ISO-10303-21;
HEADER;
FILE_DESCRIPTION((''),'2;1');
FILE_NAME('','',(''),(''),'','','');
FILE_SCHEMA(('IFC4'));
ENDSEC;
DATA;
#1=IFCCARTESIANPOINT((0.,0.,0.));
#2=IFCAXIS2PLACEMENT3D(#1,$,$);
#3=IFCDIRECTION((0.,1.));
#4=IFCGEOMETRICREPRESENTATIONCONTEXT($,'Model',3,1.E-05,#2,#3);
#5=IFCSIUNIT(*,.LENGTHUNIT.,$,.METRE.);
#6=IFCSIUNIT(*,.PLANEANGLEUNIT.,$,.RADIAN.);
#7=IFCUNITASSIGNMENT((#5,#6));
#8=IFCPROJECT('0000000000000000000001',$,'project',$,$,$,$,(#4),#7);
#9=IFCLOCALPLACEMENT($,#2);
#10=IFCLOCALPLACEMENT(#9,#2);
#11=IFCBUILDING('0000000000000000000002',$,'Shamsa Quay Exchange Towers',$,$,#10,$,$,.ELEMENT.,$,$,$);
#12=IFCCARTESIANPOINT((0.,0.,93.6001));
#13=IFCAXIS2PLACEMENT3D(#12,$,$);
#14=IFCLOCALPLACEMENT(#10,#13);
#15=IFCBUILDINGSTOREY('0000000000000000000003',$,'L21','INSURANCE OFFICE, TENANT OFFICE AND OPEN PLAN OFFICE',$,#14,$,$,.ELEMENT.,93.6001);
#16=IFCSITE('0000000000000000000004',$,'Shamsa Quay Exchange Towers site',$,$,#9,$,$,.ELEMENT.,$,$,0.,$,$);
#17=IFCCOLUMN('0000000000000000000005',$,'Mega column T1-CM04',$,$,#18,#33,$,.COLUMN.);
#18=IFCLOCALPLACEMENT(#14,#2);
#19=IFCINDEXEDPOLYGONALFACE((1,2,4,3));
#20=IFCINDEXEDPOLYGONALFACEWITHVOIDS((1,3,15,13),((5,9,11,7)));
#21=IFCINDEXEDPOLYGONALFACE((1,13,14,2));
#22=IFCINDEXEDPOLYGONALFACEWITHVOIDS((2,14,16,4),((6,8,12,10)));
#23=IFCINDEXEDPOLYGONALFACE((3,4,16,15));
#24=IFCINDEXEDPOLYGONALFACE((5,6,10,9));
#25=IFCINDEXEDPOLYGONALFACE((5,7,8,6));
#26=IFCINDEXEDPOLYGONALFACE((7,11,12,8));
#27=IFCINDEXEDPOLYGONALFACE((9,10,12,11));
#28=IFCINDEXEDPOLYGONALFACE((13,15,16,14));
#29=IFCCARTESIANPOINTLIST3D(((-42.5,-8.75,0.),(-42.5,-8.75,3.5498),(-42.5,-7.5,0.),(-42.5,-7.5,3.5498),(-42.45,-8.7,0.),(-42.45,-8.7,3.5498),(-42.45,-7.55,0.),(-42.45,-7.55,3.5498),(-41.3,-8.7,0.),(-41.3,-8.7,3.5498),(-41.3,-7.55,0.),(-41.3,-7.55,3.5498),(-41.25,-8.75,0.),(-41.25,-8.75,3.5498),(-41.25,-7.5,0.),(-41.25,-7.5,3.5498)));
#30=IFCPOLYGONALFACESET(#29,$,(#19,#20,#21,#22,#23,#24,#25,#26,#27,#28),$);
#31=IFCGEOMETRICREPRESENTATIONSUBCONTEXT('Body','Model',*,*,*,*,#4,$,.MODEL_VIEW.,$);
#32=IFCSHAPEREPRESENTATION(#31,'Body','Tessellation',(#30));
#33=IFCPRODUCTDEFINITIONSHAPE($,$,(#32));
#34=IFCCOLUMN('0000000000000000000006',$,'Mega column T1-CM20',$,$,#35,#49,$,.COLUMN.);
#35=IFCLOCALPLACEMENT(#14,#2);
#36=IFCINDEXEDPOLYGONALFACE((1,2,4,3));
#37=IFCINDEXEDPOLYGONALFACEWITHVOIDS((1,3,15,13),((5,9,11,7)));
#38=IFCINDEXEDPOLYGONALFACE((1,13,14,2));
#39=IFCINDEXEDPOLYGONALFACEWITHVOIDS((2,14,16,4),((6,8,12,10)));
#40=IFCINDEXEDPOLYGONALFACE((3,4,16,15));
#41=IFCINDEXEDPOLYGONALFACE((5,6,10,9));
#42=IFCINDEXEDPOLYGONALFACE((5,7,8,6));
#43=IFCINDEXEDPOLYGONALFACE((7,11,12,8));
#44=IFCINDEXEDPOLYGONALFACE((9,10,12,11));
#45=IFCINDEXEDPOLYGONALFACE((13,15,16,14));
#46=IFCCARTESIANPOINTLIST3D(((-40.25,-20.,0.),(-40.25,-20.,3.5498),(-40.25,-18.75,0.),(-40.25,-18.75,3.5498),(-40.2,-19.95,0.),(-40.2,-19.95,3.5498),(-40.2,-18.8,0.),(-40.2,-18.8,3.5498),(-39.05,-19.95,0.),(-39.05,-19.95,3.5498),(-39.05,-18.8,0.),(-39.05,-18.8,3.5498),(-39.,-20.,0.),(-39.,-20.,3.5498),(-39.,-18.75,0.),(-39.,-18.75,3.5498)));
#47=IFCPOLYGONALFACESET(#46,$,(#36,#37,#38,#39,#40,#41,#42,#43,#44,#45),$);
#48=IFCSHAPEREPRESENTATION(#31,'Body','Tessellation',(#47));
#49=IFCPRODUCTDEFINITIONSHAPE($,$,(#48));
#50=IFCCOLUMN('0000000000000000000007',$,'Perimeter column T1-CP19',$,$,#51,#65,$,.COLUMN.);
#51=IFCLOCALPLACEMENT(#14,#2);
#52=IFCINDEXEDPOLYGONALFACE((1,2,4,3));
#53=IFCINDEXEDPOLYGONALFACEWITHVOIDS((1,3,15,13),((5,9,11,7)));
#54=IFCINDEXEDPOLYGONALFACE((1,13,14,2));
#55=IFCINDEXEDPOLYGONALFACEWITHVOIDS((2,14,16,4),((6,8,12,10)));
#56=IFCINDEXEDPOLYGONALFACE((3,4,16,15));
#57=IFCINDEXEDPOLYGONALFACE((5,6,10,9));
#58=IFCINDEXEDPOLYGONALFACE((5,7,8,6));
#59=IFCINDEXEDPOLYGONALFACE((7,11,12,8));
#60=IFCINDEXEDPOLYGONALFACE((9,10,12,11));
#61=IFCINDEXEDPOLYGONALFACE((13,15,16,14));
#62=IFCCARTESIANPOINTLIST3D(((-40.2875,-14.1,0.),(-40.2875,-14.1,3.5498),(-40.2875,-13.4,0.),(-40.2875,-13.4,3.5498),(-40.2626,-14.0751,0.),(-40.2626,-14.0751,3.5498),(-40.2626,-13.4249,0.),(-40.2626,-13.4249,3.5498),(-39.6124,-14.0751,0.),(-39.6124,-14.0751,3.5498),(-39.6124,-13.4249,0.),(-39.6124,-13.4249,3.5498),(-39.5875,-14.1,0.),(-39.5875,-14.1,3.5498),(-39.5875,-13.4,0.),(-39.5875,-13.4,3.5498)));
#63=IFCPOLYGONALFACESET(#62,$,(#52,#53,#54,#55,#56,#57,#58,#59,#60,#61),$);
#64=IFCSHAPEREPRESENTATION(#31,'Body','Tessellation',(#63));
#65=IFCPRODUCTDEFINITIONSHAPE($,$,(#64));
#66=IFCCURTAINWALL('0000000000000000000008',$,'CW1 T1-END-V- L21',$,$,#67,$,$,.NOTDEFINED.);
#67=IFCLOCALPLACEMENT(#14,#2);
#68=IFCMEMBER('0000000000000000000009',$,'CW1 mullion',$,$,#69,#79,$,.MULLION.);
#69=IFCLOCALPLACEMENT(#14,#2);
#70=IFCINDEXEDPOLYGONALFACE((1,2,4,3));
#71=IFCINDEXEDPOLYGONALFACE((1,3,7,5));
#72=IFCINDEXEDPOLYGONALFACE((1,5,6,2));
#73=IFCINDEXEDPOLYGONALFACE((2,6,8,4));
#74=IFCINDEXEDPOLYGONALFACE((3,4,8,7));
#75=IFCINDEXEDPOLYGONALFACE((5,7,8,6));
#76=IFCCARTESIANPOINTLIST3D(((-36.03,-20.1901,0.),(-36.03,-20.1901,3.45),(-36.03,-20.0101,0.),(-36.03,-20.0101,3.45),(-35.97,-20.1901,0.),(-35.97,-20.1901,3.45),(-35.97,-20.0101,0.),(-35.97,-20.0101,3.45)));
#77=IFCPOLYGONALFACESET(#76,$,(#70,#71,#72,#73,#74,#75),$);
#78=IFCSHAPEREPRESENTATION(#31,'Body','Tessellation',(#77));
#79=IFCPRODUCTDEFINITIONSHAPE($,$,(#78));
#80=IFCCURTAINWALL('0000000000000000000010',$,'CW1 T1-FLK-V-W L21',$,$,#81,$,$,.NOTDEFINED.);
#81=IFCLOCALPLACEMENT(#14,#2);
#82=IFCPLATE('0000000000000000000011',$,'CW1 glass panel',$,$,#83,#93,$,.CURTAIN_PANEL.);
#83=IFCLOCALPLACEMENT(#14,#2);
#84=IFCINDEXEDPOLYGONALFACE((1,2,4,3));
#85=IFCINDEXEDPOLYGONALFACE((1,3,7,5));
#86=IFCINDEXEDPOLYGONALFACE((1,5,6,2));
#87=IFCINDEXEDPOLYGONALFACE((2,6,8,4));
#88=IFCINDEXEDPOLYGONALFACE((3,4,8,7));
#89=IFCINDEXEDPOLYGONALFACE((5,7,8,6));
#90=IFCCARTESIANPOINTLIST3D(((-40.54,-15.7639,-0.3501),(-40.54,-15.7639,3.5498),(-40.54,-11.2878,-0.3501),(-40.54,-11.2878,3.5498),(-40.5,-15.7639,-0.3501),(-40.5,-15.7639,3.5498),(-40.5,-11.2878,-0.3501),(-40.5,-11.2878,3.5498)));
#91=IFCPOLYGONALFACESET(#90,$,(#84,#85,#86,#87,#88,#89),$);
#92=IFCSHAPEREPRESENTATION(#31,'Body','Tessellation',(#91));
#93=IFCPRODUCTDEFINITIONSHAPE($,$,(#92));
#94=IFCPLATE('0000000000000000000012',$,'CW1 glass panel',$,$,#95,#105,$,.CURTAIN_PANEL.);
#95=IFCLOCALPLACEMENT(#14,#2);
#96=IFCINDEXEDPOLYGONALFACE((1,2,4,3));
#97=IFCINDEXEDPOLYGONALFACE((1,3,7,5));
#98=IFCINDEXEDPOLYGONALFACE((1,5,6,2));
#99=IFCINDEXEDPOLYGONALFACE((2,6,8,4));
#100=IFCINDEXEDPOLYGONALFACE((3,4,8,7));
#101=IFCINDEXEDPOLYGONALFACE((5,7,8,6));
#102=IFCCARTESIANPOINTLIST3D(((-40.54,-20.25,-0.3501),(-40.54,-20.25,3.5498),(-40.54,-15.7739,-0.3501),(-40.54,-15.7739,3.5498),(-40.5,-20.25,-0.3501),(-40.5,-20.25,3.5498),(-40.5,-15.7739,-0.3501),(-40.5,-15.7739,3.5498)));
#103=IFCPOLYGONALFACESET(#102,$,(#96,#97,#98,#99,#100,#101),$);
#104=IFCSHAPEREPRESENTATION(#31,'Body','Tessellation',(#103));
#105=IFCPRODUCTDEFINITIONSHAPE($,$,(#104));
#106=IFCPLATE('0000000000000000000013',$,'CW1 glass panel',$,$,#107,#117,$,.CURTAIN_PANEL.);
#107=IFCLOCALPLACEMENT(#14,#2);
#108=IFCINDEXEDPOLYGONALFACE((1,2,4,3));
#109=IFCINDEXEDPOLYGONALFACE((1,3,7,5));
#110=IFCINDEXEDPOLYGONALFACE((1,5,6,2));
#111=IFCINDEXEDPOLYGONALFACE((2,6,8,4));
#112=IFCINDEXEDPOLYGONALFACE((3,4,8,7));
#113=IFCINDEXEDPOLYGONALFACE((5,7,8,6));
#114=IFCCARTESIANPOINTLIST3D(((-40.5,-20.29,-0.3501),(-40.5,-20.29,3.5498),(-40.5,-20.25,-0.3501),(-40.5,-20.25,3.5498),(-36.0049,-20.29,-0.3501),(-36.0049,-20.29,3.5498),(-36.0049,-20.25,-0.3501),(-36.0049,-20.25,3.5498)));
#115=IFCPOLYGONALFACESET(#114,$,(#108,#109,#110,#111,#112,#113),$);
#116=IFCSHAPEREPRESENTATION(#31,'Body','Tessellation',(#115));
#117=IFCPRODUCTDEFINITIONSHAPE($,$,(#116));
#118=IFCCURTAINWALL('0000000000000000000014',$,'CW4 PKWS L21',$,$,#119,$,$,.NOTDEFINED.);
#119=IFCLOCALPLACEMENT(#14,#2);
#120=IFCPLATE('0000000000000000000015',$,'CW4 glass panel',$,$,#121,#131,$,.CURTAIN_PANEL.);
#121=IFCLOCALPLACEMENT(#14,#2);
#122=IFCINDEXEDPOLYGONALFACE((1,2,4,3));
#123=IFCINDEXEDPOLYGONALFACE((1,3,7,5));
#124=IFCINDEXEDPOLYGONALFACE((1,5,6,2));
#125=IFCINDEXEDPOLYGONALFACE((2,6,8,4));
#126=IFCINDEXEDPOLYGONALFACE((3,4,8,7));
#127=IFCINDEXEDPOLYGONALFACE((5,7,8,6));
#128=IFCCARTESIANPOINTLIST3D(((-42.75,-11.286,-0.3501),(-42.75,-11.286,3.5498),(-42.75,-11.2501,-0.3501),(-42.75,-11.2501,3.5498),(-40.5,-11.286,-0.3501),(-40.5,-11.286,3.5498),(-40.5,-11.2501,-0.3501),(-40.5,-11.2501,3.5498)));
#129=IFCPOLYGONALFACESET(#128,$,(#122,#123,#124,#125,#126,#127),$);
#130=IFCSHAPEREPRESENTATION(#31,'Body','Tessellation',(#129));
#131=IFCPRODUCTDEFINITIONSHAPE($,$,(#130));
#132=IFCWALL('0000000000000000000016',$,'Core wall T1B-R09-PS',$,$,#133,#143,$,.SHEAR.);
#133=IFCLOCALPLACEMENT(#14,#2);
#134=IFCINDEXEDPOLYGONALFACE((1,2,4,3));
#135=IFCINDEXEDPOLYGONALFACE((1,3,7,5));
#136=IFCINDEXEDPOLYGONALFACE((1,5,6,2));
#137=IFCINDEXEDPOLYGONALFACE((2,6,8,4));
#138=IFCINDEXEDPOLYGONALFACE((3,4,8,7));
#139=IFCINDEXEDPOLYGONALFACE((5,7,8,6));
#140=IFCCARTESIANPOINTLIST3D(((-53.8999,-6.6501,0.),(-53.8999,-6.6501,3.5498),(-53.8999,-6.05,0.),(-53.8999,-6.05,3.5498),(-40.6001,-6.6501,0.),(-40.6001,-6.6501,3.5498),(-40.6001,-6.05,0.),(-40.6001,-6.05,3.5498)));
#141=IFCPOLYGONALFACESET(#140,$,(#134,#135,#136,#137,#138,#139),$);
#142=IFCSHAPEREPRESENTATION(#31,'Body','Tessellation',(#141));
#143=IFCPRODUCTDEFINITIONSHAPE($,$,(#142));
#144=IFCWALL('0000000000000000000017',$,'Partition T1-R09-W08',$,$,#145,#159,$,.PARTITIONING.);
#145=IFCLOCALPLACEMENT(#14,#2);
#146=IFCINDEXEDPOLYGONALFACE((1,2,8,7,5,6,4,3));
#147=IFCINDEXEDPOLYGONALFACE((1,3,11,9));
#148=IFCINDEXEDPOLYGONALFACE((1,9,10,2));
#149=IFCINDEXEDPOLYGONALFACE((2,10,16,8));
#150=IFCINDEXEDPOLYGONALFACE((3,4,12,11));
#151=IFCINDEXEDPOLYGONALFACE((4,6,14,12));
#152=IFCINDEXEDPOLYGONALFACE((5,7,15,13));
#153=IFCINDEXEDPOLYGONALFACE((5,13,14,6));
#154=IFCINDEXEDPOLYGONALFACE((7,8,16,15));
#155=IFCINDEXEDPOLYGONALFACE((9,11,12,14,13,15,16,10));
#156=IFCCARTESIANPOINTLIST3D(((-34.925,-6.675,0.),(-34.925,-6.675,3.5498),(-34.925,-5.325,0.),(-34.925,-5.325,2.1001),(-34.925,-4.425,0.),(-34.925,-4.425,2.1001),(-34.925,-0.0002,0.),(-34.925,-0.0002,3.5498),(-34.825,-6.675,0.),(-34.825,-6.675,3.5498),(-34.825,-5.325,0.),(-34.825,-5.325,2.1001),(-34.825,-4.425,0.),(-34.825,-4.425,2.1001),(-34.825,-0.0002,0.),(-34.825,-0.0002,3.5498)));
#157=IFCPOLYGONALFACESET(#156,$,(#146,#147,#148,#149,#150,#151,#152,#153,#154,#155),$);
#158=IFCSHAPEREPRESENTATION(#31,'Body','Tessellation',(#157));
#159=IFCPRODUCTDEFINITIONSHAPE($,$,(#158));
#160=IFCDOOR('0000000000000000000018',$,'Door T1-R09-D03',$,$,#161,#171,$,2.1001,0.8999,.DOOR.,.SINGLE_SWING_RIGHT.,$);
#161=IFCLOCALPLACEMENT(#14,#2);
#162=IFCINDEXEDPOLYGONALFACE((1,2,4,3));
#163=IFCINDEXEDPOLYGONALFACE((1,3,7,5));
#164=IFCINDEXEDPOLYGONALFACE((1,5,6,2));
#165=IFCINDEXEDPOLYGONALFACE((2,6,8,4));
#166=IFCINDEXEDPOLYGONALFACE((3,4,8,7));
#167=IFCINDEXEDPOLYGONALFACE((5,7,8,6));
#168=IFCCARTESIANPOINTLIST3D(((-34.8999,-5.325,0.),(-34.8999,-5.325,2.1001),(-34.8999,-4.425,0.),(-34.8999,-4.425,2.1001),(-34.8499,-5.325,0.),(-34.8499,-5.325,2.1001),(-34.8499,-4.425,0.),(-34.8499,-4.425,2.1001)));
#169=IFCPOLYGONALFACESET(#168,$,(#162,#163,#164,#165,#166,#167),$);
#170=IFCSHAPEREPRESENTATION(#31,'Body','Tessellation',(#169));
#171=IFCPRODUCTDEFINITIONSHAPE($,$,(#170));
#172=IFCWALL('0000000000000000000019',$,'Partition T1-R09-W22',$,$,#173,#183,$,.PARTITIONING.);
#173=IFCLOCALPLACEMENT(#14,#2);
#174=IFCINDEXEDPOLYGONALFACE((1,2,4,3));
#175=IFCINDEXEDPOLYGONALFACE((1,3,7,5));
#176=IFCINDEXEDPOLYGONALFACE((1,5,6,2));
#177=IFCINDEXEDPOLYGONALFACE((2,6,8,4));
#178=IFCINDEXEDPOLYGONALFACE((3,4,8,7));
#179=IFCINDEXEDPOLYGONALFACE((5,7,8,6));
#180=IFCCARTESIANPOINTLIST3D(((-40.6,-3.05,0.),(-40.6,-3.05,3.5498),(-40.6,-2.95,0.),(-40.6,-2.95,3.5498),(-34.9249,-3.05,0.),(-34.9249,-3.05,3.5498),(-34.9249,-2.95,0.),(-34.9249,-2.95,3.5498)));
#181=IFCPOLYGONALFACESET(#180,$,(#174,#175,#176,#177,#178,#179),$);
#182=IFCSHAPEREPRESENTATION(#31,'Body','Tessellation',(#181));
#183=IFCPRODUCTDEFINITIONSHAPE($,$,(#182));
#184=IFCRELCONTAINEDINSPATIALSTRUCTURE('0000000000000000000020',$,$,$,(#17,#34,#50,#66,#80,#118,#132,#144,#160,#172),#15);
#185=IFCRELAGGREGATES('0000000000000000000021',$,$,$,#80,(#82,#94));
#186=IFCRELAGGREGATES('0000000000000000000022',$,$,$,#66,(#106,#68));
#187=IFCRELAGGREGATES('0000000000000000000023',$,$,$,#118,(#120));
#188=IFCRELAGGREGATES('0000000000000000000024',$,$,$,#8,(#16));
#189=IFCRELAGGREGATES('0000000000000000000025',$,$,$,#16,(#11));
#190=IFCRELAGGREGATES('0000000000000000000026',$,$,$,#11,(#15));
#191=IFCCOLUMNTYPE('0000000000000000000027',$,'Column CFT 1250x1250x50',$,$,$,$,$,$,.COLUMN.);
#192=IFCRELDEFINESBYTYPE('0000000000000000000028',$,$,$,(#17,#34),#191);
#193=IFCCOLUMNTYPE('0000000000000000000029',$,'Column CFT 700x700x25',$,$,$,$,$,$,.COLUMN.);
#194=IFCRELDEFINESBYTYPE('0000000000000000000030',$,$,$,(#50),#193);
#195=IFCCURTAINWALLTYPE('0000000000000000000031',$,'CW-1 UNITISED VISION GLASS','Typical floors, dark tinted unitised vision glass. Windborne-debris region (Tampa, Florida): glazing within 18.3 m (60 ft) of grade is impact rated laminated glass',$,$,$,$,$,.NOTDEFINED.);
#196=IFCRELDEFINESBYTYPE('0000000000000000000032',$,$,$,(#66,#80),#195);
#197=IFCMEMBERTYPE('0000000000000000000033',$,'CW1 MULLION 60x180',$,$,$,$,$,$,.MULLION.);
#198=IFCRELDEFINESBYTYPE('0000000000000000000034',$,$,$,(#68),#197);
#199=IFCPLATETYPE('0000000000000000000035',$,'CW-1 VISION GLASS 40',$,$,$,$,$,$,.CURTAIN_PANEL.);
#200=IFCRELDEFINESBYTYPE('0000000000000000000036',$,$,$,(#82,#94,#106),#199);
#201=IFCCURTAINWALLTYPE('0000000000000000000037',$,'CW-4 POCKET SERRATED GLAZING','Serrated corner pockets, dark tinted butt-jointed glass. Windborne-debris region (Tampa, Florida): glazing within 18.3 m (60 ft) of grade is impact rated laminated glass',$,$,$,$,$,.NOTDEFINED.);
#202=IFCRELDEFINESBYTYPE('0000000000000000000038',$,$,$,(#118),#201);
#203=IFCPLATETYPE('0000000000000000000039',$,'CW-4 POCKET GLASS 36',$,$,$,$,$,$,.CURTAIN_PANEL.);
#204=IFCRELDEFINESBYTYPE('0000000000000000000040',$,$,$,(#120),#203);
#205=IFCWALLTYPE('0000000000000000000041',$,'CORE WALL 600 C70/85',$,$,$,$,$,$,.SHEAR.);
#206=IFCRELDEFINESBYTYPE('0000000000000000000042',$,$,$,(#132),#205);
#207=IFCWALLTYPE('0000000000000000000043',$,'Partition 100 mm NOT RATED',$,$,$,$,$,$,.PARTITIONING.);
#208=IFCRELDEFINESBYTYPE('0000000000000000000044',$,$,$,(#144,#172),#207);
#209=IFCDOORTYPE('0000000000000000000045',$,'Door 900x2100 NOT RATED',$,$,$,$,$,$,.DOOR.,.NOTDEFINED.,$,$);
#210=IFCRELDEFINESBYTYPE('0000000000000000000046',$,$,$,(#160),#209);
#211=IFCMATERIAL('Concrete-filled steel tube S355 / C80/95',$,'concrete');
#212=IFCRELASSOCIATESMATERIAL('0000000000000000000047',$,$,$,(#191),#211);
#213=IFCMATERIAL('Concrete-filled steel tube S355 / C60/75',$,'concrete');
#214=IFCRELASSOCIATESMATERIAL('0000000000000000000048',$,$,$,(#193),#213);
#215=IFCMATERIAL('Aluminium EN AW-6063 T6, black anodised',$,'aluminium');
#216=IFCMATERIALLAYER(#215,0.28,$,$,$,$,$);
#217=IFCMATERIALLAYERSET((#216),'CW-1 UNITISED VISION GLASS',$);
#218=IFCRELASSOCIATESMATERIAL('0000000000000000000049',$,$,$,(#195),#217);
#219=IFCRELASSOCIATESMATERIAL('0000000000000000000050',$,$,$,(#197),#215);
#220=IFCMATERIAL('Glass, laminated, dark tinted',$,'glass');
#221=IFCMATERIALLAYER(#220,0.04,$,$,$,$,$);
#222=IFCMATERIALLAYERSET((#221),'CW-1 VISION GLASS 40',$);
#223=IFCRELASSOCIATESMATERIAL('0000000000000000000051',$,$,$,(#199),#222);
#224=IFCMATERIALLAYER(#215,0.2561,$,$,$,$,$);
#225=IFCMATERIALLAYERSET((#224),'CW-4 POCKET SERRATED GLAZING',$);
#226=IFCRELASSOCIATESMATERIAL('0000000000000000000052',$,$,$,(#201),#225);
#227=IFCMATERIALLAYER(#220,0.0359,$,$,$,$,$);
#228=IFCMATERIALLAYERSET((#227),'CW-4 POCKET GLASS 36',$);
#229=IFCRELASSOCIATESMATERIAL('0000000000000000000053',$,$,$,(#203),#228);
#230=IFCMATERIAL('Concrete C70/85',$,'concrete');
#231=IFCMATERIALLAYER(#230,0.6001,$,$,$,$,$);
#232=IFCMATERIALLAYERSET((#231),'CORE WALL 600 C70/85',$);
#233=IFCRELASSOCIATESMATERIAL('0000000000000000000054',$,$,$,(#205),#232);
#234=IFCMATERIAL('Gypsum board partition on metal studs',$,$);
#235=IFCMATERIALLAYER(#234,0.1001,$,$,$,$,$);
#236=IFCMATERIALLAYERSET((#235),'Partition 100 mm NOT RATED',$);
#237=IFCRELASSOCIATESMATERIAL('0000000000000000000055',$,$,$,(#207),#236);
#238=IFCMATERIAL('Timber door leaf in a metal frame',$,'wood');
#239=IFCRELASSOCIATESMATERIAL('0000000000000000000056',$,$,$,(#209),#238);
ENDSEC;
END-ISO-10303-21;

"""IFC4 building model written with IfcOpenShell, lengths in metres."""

from ifc_helpers import new_model, si_unit, direction, frame, frame_2d, origin, origin_2d, place, context, subcontext, project, spatial, rectangle, hollow_rectangle, extrude, material, layer, layer_set, material_profile, profile_set, type_object, element, fill, aggregate, save


model = new_model("IFC4")

# Units and contexts
model_context = context("Model", 3, precision=1e-05, world=origin(), true_north=direction((0.0, 1.0)))
body_context = subcontext(model_context, "Body", "Model", "MODEL_VIEW")
ifc_project = project(units=[si_unit("LENGTHUNIT", "METRE"), si_unit("PLANEANGLEUNIT", "RADIAN")], contexts=[model_context])

# Site, building, storey
site_placement = place(None, origin())
site = spatial("IfcSite", under=ifc_project, at=site_placement, Name="Shamsa Quay Exchange Towers site", CompositionType="ELEMENT", RefElevation=0.0)
building_placement = place(site_placement, origin())
building = spatial("IfcBuilding", under=site, at=building_placement, Name="Shamsa Quay Exchange Towers", CompositionType="ELEMENT")
storey_placement = place(building_placement, frame((0.0, 0.0, 93.6001)))
storey = spatial("IfcBuildingStorey", under=building, at=storey_placement, Name="L21", Description="INSURANCE OFFICE, TENANT OFFICE AND OPEN PLAN OFFICE", CompositionType="ELEMENT", Elevation=93.6001)

# Columns
ifc_material_1 = material(Name="Concrete-filled steel tube S355 / C80/95", Category="concrete")
ifc_material_profile_1 = material_profile(ifc_material_1, hollow_rectangle(XDim=1.25, YDim=1.25, WallThickness=0.05, at=origin_2d()), Name="CFT 1250x1250x50")
ifc_profile_set_1 = profile_set([ifc_material_profile_1], Name="Concrete-filled steel tube S355 / C80/95")
column_type_1 = type_object("IfcColumnType", Name="Column CFT 1250x1250x50", PredefinedType="COLUMN", material=ifc_profile_set_1)
for number, where, name in (
    (1, (-41.875, -8.125, 0.0), "Mega column T1-CM04"),
    (2, (-39.625, -19.375, 0.0), "Mega column T1-CM20"),
):
    element("IfcColumn", number, at=place(storey_placement, frame(where)), inside=storey, type_object=column_type_1, Name=name, PredefinedType="COLUMN", context=body_context, shape_type="SweptSolid", body=[
        extrude(hollow_rectangle(XDim=1.25, YDim=1.25, WallThickness=0.05, at=origin_2d()), origin(), (0.0, 0.0, 1.0), 3.5498),
    ])
ifc_material_2 = material(Name="Concrete-filled steel tube S355 / C60/75", Category="concrete")
ifc_material_profile_2 = material_profile(ifc_material_2, hollow_rectangle(XDim=0.7, YDim=0.7, WallThickness=0.0249, at=origin_2d()), Name="CFT 700x700x25")
ifc_profile_set_2 = profile_set([ifc_material_profile_2], Name="Concrete-filled steel tube S355 / C60/75")
column_type_2 = type_object("IfcColumnType", Name="Column CFT 700x700x25", PredefinedType="COLUMN", material=ifc_profile_set_2)
column_placement = place(storey_placement, frame((-39.9375, -13.75, 0.0)))
element("IfcColumn", 3, at=column_placement, inside=storey, type_object=column_type_2, Name="Perimeter column T1-CP19", PredefinedType="COLUMN", context=body_context, shape_type="SweptSolid", body=[
    extrude(hollow_rectangle(XDim=0.7, YDim=0.7, WallThickness=0.0249, at=origin_2d()), origin(), (0.0, 0.0, 1.0), 3.5498),
])

# Curtain wall, member
ifc_material_3 = material(Name="Aluminium EN AW-6063 T6, black anodised", Category="aluminium")
ifc_layer_1 = layer(ifc_material_3, 0.28)
ifc_layer_set_1 = layer_set([ifc_layer_1], Name="CW-1 UNITISED VISION GLASS")
curtain_wall_type_1 = type_object("IfcCurtainWallType", Name="CW-1 UNITISED VISION GLASS", Description="Typical floors, dark tinted unitised vision glass. Windborne-debris region (Tampa, Florida): glazing within 18.3 m (60 ft) of grade is impact rated laminated glass", PredefinedType="NOTDEFINED", material=ifc_layer_set_1)
curtain_wall_1_placement = place(storey_placement, origin())
curtain_wall_1 = element("IfcCurtainWall", 4, at=curtain_wall_1_placement, inside=storey, type_object=curtain_wall_type_1, Name="CW1 T1-END-V- L21", PredefinedType="NOTDEFINED")
ifc_material_profile_3 = material_profile(ifc_material_3, rectangle(XDim=0.1799, YDim=0.0601, at=origin_2d()), Name="MU60x180")
ifc_profile_set_3 = profile_set([ifc_material_profile_3], Name="Aluminium EN AW-6063 T6, black anodised")
member_type = type_object("IfcMemberType", Name="CW1 MULLION 60x180", PredefinedType="MULLION", material=ifc_profile_set_3)
member_placement = place(storey_placement, frame((-36.0, -20.1001, 0.0), z_axis=(0.0, 0.0, 1.0), x_axis=(0.0, 1.0, 0.0)))
member = element("IfcMember", 5, at=member_placement, type_object=member_type, Name="CW1 mullion", PredefinedType="MULLION", context=body_context, shape_type="SweptSolid", body=[
    extrude(rectangle(XDim=0.1799, YDim=0.0601, at=origin_2d()), origin(), (0.0, 0.0, 1.0), 3.45),
])

# Curtain wall, plates
curtain_wall_2_placement = place(storey_placement, origin())
curtain_wall_2 = element("IfcCurtainWall", 6, at=curtain_wall_2_placement, inside=storey, type_object=curtain_wall_type_1, Name="CW1 T1-FLK-V-W L21", PredefinedType="NOTDEFINED")
ifc_material_4 = material(Name="Glass, laminated, dark tinted", Category="glass")
ifc_layer_2 = layer(ifc_material_4, 0.04)
ifc_layer_set_2 = layer_set([ifc_layer_2], Name="CW-1 VISION GLASS 40")
plate_type_1 = type_object("IfcPlateType", Name="CW-1 VISION GLASS 40", PredefinedType="CURTAIN_PANEL", material=ifc_layer_set_2)
plate_1_placement = place(storey_placement, frame((-40.52, -13.5259, -0.3501), z_axis=(0.0, 0.0, 1.0), x_axis=(0.0, -1.0, 0.0)))
plate_1 = element("IfcPlate", 7, at=plate_1_placement, type_object=plate_type_1, Name="CW1 glass panel", PredefinedType="CURTAIN_PANEL", context=body_context, shape_type="SweptSolid", body=[
    extrude(rectangle(XDim=4.4761, YDim=0.04, at=origin_2d()), origin(), (0.0, 0.0, 1.0), 3.8999),
])
plate_2_placement = place(storey_placement, frame((-40.52, -18.012, -0.3501), z_axis=(0.0, 0.0, 1.0), x_axis=(0.0, -1.0, 0.0)))
plate_2 = element("IfcPlate", 8, at=plate_2_placement, type_object=plate_type_1, Name="CW1 glass panel", PredefinedType="CURTAIN_PANEL", context=body_context, shape_type="SweptSolid", body=[
    extrude(rectangle(XDim=4.4761, YDim=0.04, at=origin_2d()), origin(), (0.0, 0.0, 1.0), 3.8999),
])
aggregate(curtain_wall_2, [plate_1, plate_2])

# Plate
plate_3_placement = place(storey_placement, frame((-38.2524, -20.27, -0.3501)))
plate_3 = element("IfcPlate", 9, at=plate_3_placement, type_object=plate_type_1, Name="CW1 glass panel", PredefinedType="CURTAIN_PANEL", context=body_context, shape_type="SweptSolid", body=[
    extrude(rectangle(XDim=4.4951, YDim=0.04, at=origin_2d()), origin(), (0.0, 0.0, 1.0), 3.8999),
])
aggregate(curtain_wall_1, [plate_3, member])

# Curtain wall, plate
ifc_layer_3 = layer(ifc_material_3, 0.2561)
ifc_layer_set_3 = layer_set([ifc_layer_3], Name="CW-4 POCKET SERRATED GLAZING")
curtain_wall_type_2 = type_object("IfcCurtainWallType", Name="CW-4 POCKET SERRATED GLAZING", Description="Serrated corner pockets, dark tinted butt-jointed glass. Windborne-debris region (Tampa, Florida): glazing within 18.3 m (60 ft) of grade is impact rated laminated glass", PredefinedType="NOTDEFINED", material=ifc_layer_set_3)
curtain_wall_3_placement = place(storey_placement, origin())
curtain_wall_3 = element("IfcCurtainWall", 10, at=curtain_wall_3_placement, inside=storey, type_object=curtain_wall_type_2, Name="CW4 PKWS L21", PredefinedType="NOTDEFINED")
ifc_layer_4 = layer(ifc_material_4, 0.0359)
ifc_layer_set_4 = layer_set([ifc_layer_4], Name="CW-4 POCKET GLASS 36")
plate_type_2 = type_object("IfcPlateType", Name="CW-4 POCKET GLASS 36", PredefinedType="CURTAIN_PANEL", material=ifc_layer_set_4)
plate_4_placement = place(storey_placement, frame((-41.625, -11.2681, -0.3501)))
plate_4 = element("IfcPlate", 11, at=plate_4_placement, type_object=plate_type_2, Name="CW4 glass panel", PredefinedType="CURTAIN_PANEL", context=body_context, shape_type="SweptSolid", body=[
    extrude(rectangle(XDim=2.25, YDim=0.0359, at=origin_2d()), origin(), (0.0, 0.0, 1.0), 3.8999),
])
aggregate(curtain_wall_3, [plate_4])

# Wall
ifc_material_5 = material(Name="Concrete C70/85", Category="concrete")
ifc_layer_5 = layer(ifc_material_5, 0.6001)
ifc_layer_set_5 = layer_set([ifc_layer_5], Name="CORE WALL 600 C70/85")
wall_type_1 = type_object("IfcWallType", Name="CORE WALL 600 C70/85", PredefinedType="SHEAR", material=ifc_layer_set_5)
wall_1_placement = place(storey_placement, frame((-40.6001, -6.3501, 0.0), z_axis=(0.0, 0.0, 1.0), x_axis=(-1.0, 0.0, 0.0)))
element("IfcWall", 12, at=wall_1_placement, inside=storey, type_object=wall_type_1, Name="Core wall T1B-R09-PS", PredefinedType="SHEAR", context=body_context, shape_type="SweptSolid", body=[
    extrude(rectangle(XDim=13.2998, YDim=0.6001, at=frame_2d((6.6499, 0.0))), origin(), (0.0, 0.0, 1.0), 3.5498),
])

# Wall, opening, door
ifc_material_6 = material(Name="Gypsum board partition on metal studs")
ifc_layer_6 = layer(ifc_material_6, 0.1001)
ifc_layer_set_6 = layer_set([ifc_layer_6], Name="Partition 100 mm NOT RATED")
wall_type_2 = type_object("IfcWallType", Name="Partition 100 mm NOT RATED", PredefinedType="PARTITIONING", material=ifc_layer_set_6)
wall_2_placement = place(storey_placement, frame((-34.875, -6.675, 0.0), z_axis=(0.0, 0.0, 1.0), x_axis=(0.0, 1.0, 0.0)))
wall_2 = element("IfcWall", 13, at=wall_2_placement, inside=storey, type_object=wall_type_2, Name="Partition T1-R09-W08", PredefinedType="PARTITIONING", context=body_context, shape_type="SweptSolid", body=[
    extrude(rectangle(XDim=6.6748, YDim=0.1001, at=frame_2d((3.3374, 0.0))), origin(), (0.0, 0.0, 1.0), 3.5498),
])
opening_1_placement = place(wall_2_placement, frame((1.3501, 0.0, 0.0)))
opening_1 = element("IfcOpeningElement", 14, at=opening_1_placement, cuts=wall_2, PredefinedType="OPENING", context=body_context, shape_type="SweptSolid", body=[
    extrude(rectangle(XDim=0.8999, YDim=2.1001, at=frame_2d((0.45, 1.05))), frame((0.0, 0.0601, 0.0), z_axis=(0.0, -1.0, 0.0), x_axis=(1.0, 0.0, 0.0)), (0.0, 0.0, 1.0), 0.1201),
])
ifc_material_7 = material(Name="Timber door leaf in a metal frame", Category="wood")
door_type_1 = type_object("IfcDoorType", Name="Door 900x2100 NOT RATED", OperationType="NOTDEFINED", PredefinedType="DOOR", material=ifc_material_7)
door_1_placement = place(opening_1_placement, origin())
door_1 = element("IfcDoor", 15, at=door_1_placement, inside=storey, type_object=door_type_1, Name="Door T1-R09-D03", OperationType="SINGLE_SWING_RIGHT", OverallHeight=2.1001, OverallWidth=0.8999, PredefinedType="DOOR", context=body_context, shape_type="SweptSolid", body=[
    extrude(rectangle(XDim=0.8999, YDim=2.1001, at=frame_2d((0.45, 1.05))), frame((0.0, 0.0249, 0.0), z_axis=(0.0, -1.0, 0.0), x_axis=(1.0, 0.0, 0.0)), (0.0, 0.0, 1.0), 0.05),
])
fill(opening_1, door_1)

# Wall
wall_3_placement = place(storey_placement, frame((-34.925, -3.0, 0.0), z_axis=(0.0, 0.0, 1.0), x_axis=(-1.0, 0.0, 0.0)))
element("IfcWall", 16, at=wall_3_placement, inside=storey, type_object=wall_type_2, Name="Partition T1-R09-W22", PredefinedType="PARTITIONING", context=body_context, shape_type="SweptSolid", body=[
    extrude(rectangle(XDim=5.675, YDim=0.1001, at=frame_2d((2.8374, 0.0))), origin(), (0.0, 0.0, 1.0), 3.5498),
])

save(model, "model.ifc")
